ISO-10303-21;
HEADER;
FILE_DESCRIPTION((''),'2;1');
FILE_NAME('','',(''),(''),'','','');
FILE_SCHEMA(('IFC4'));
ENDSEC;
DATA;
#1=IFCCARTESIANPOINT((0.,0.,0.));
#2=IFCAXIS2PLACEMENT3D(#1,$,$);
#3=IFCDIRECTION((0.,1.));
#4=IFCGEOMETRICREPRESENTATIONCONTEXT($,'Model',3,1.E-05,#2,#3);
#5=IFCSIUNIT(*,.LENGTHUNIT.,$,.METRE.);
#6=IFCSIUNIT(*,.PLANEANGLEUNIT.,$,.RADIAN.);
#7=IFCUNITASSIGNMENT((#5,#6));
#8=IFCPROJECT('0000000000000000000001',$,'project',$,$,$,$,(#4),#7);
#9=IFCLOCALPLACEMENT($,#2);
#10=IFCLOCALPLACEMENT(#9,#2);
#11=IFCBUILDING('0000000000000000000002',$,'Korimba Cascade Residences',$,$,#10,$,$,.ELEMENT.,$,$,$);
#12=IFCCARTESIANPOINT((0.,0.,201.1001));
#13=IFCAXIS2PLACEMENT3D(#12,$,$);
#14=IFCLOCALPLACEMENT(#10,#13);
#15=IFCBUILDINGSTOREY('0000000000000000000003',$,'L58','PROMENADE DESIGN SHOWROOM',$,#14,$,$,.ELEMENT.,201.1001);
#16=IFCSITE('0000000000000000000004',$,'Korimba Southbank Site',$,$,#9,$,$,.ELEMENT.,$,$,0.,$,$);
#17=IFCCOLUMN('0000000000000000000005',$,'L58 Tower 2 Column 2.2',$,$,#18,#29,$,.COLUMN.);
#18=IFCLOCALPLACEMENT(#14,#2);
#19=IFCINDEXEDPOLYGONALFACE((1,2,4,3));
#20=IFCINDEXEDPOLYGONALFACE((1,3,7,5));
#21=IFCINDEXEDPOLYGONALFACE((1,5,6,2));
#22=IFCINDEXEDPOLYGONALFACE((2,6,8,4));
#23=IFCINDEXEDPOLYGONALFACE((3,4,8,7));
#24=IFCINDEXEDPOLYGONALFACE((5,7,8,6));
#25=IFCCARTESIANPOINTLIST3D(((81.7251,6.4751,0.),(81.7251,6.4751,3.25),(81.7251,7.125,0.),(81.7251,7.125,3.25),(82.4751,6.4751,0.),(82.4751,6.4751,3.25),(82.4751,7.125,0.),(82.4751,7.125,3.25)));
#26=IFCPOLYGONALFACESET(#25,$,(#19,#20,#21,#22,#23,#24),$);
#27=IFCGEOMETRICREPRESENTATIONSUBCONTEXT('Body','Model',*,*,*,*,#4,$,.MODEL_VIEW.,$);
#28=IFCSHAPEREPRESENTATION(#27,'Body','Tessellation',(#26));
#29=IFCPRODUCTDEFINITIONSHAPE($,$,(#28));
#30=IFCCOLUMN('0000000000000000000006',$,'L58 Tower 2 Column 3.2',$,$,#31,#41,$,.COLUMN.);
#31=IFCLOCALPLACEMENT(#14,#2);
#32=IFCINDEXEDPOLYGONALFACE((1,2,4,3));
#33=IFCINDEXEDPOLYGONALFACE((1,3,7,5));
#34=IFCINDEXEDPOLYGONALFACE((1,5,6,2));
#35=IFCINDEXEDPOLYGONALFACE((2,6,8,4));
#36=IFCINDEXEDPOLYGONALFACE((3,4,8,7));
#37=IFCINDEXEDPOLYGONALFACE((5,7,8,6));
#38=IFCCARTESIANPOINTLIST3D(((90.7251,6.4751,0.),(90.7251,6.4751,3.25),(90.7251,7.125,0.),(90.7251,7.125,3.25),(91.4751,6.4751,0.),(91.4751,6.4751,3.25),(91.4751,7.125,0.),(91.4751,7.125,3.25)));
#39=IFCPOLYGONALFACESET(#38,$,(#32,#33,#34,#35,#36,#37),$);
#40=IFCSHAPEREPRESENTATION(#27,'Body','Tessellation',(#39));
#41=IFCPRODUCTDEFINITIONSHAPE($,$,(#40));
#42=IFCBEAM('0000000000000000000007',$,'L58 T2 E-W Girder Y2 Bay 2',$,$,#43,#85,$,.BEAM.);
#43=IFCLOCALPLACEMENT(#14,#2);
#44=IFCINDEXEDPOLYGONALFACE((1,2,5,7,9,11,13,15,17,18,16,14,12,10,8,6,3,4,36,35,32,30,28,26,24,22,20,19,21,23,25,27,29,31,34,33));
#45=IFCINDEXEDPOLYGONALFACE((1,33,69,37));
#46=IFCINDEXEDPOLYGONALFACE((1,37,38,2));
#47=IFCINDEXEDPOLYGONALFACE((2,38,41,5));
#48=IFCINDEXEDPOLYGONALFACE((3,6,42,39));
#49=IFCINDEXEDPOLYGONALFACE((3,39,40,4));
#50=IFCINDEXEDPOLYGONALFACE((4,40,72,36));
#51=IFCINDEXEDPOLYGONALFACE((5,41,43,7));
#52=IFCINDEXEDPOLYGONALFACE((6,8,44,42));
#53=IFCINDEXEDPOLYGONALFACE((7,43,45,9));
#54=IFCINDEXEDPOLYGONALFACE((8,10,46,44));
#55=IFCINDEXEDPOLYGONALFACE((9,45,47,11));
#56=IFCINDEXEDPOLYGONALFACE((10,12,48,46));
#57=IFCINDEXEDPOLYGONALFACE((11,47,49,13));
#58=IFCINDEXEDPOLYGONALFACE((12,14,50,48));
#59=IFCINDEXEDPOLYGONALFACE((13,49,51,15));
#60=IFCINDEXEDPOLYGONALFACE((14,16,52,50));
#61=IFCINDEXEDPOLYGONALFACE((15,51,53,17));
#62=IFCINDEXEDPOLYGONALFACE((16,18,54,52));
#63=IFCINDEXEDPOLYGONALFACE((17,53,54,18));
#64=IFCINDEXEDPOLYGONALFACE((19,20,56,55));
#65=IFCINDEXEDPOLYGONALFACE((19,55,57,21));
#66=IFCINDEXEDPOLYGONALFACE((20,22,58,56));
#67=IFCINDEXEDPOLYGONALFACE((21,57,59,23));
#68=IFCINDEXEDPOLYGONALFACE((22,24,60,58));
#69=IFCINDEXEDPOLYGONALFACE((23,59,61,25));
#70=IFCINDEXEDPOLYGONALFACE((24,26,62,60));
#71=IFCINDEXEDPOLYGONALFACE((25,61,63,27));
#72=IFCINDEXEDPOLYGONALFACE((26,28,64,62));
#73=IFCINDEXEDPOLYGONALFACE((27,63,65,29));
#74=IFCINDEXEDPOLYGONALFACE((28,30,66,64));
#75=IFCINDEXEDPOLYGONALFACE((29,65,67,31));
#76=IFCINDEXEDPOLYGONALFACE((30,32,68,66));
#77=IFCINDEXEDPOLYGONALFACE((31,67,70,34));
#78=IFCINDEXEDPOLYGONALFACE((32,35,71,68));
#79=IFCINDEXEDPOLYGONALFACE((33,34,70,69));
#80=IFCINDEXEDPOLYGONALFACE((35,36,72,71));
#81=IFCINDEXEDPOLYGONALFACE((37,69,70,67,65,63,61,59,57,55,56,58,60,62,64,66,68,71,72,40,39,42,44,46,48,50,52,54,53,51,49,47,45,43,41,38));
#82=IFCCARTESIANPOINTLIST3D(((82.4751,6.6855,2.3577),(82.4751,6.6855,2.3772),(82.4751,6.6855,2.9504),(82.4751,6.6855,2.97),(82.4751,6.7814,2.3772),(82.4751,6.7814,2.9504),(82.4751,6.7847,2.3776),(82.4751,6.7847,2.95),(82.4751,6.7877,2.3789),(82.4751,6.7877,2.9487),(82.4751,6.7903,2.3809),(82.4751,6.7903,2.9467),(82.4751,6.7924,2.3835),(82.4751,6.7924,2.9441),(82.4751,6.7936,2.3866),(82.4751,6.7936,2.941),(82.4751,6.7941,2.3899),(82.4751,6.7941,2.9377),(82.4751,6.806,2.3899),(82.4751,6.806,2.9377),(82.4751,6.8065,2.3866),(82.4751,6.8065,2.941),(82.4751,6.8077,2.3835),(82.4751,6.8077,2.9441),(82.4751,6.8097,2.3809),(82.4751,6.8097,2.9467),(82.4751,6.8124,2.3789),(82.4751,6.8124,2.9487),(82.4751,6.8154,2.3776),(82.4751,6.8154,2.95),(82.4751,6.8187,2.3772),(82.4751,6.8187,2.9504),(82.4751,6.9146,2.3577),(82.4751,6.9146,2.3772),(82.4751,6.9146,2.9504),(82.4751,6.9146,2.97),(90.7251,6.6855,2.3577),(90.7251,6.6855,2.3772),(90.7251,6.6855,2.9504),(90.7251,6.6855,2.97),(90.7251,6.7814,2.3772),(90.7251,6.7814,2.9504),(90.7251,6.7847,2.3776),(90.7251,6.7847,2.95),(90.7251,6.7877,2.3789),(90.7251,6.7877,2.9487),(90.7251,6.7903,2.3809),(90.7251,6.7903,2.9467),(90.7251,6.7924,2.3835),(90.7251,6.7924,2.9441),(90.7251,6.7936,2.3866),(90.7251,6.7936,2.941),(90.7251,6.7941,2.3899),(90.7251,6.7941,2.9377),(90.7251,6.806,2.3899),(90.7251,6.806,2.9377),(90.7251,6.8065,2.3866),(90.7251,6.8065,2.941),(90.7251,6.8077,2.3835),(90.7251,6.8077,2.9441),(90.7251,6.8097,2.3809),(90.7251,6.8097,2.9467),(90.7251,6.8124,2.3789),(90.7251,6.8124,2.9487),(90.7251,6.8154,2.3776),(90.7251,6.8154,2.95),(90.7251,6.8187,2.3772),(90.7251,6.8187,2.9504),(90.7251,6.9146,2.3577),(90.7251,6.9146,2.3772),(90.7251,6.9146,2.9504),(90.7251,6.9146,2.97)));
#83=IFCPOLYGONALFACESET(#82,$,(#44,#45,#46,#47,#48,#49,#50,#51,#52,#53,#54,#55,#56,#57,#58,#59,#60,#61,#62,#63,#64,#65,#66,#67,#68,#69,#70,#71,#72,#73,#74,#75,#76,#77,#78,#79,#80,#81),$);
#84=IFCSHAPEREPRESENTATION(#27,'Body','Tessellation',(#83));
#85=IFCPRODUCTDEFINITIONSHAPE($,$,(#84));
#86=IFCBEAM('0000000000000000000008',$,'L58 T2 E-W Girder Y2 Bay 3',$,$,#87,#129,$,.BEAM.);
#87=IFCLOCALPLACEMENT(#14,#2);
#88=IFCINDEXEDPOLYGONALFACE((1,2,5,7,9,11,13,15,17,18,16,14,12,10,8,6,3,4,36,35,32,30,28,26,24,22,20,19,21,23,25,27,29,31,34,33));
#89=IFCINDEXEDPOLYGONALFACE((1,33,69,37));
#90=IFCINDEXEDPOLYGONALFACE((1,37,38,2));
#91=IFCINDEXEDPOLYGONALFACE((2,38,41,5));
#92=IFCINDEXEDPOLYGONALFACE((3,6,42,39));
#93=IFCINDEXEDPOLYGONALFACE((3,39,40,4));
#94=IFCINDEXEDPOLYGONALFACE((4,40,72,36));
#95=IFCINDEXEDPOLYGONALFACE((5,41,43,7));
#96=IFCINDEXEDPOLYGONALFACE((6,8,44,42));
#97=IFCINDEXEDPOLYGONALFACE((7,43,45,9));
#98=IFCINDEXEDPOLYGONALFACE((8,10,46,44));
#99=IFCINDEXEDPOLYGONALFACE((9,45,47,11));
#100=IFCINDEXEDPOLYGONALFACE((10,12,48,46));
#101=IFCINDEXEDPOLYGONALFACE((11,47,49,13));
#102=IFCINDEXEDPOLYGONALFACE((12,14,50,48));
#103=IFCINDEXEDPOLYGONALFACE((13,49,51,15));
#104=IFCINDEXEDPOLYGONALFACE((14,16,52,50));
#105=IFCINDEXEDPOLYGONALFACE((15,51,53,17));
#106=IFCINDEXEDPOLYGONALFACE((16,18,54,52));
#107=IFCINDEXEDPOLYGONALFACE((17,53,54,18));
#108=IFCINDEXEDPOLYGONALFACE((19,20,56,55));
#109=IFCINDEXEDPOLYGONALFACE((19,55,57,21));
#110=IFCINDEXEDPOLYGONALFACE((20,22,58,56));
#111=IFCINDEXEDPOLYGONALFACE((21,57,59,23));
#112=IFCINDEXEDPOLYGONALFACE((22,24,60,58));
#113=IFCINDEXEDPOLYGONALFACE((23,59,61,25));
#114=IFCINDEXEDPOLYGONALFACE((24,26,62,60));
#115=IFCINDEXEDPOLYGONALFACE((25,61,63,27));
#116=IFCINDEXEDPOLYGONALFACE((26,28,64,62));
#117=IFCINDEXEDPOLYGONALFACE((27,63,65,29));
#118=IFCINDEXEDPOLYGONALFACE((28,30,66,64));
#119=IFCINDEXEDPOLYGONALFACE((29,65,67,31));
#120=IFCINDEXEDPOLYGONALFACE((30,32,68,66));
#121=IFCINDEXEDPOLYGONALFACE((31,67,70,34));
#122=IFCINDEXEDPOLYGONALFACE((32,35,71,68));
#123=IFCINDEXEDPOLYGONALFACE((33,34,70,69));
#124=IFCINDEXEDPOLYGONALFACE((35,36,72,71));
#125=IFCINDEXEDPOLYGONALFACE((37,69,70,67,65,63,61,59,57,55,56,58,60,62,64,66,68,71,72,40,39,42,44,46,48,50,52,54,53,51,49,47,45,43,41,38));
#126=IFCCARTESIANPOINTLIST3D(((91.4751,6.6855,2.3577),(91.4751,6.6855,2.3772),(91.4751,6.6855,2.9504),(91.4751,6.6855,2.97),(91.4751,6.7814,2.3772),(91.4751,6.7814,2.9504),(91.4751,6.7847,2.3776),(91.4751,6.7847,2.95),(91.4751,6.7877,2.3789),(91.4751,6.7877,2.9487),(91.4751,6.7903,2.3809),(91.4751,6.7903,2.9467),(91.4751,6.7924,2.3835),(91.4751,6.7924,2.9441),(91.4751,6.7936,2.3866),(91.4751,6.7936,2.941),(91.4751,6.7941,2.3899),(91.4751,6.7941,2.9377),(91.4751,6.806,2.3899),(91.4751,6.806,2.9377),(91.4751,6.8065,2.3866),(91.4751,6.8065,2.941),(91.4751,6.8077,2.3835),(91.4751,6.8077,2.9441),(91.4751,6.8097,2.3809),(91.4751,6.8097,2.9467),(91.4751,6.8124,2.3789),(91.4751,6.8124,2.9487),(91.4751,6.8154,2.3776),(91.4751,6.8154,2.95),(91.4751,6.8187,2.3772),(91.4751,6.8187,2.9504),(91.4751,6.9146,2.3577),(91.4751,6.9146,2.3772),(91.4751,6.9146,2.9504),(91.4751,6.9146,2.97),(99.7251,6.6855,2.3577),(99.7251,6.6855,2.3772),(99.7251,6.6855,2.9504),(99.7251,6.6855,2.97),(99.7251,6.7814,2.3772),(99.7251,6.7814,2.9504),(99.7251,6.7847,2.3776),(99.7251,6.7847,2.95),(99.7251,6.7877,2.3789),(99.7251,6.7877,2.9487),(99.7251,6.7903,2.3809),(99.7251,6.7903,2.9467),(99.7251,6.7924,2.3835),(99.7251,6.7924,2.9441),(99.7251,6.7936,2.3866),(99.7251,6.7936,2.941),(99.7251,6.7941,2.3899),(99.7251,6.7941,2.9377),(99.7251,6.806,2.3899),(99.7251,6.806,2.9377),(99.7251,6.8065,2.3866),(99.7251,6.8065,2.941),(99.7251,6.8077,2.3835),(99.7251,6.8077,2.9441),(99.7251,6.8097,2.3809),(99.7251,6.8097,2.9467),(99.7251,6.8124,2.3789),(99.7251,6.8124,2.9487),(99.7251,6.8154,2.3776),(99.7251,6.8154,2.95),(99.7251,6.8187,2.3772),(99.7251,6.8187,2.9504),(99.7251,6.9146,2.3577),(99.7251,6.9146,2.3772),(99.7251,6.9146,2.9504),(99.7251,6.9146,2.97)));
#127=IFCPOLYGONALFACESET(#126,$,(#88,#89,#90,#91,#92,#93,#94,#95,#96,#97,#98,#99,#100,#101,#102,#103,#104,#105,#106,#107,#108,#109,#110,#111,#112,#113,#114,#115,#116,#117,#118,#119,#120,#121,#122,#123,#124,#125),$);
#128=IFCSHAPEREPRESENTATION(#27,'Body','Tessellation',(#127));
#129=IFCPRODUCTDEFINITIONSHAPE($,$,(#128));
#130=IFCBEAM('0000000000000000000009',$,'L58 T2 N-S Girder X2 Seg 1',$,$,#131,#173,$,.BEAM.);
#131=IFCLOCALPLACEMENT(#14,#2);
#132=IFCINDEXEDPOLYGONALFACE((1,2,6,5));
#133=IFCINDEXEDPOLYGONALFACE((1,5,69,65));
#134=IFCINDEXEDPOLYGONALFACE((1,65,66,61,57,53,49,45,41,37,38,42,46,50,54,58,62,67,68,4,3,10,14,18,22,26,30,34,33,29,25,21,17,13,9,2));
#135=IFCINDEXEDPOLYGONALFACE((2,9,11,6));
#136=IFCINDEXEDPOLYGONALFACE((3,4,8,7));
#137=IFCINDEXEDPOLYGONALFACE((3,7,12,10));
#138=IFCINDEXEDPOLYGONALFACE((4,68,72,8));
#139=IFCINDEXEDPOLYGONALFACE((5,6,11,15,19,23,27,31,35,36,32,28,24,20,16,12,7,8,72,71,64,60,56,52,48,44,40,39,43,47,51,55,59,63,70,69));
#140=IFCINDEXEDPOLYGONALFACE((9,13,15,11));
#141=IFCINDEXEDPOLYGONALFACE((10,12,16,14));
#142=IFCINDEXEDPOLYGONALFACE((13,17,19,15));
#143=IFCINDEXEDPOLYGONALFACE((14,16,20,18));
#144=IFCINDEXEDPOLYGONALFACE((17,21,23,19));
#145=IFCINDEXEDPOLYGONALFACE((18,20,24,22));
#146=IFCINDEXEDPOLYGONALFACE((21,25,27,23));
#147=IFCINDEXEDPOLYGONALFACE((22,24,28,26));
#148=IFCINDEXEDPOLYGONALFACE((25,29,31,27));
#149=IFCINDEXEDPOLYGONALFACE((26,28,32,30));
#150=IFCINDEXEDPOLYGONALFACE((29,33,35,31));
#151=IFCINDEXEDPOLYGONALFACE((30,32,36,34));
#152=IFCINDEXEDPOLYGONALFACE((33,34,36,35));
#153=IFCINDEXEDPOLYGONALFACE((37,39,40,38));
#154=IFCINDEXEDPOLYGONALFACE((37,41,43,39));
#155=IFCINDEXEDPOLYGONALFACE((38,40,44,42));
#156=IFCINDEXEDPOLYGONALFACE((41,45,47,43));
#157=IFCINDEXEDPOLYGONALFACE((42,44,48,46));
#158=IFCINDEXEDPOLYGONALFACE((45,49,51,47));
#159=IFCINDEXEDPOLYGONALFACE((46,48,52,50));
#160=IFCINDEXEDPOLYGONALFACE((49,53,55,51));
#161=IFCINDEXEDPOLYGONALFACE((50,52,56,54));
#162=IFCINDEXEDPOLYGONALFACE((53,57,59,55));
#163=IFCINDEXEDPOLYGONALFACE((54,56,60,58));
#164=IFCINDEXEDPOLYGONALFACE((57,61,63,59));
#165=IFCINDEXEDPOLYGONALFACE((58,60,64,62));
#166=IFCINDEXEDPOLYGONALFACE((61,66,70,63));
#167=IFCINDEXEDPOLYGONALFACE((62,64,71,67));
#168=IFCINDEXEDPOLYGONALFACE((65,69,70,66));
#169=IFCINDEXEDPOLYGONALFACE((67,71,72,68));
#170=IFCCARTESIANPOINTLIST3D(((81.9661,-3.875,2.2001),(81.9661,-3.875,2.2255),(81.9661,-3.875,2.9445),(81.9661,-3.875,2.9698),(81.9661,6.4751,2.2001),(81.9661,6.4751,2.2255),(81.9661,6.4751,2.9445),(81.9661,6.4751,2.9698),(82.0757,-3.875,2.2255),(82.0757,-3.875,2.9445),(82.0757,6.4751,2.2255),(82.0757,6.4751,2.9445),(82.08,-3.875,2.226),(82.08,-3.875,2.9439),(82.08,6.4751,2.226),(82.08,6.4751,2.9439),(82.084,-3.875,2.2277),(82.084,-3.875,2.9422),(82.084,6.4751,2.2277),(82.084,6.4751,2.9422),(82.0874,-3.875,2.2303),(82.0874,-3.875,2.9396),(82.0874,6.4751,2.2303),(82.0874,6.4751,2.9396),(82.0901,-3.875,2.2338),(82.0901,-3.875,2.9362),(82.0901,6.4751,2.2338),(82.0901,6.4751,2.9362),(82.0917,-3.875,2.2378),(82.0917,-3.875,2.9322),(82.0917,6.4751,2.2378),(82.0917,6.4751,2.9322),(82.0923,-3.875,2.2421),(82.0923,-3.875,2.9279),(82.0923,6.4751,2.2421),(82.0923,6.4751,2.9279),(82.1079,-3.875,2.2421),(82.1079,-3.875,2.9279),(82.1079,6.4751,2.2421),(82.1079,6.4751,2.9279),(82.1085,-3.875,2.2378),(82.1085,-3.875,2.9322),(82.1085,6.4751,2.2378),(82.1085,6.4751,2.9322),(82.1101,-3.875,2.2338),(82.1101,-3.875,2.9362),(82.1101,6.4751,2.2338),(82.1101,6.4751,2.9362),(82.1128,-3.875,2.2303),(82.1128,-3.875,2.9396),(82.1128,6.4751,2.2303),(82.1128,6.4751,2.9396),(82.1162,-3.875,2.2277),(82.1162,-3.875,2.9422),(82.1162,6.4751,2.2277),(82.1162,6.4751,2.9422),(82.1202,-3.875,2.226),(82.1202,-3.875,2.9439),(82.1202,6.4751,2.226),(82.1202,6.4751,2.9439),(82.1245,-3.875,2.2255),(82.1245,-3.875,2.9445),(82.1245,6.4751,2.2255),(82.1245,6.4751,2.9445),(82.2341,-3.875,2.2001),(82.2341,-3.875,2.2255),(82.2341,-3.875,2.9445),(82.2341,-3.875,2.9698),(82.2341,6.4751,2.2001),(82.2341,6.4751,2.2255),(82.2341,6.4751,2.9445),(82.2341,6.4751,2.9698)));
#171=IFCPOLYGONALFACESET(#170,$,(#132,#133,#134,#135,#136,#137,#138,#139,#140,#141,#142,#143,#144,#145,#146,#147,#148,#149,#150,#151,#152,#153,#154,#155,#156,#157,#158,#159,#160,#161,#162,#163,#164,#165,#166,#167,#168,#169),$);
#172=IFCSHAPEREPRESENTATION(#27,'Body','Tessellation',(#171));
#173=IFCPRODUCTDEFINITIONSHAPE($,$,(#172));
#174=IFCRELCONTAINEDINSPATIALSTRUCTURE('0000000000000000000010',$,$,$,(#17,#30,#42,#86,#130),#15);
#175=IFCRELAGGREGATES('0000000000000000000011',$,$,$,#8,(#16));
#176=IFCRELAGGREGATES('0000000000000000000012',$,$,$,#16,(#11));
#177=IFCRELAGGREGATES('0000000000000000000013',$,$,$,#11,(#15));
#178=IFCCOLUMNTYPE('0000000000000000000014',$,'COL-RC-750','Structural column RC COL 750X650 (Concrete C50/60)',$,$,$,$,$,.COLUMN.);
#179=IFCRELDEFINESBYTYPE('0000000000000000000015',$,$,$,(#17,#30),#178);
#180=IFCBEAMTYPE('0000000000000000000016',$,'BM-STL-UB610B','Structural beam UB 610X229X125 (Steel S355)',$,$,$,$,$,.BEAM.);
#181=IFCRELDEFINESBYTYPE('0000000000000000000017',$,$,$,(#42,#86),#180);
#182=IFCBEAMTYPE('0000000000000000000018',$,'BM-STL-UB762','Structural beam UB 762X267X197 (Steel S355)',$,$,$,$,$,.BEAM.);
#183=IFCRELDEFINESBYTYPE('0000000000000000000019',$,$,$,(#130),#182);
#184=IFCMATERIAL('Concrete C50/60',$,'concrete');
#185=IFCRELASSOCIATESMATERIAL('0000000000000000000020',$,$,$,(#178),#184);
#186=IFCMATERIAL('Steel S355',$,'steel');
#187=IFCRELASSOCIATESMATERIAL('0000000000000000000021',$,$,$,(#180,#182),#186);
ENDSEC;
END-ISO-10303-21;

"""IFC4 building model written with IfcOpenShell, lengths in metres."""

from ifc_helpers import new_model, si_unit, direction, frame, origin, origin_2d, place, context, subcontext, project, spatial, rectangle, i_section, extrude, material, material_profile, profile_set, type_object, element, save


model = new_model("IFC4")

# Units and contexts
model_context = context("Model", 3, precision=1e-05, world=origin(), true_north=direction((0.0, 1.0)))
body_context = subcontext(model_context, "Body", "Model", "MODEL_VIEW")
ifc_project = project(units=[si_unit("LENGTHUNIT", "METRE"), si_unit("PLANEANGLEUNIT", "RADIAN")], contexts=[model_context])

# Site, building, storey
site_placement = place(None, origin())
site = spatial("IfcSite", under=ifc_project, at=site_placement, Name="Korimba Southbank Site", CompositionType="ELEMENT", RefElevation=0.0)
building_placement = place(site_placement, origin())
building = spatial("IfcBuilding", under=site, at=building_placement, Name="Korimba Cascade Residences", CompositionType="ELEMENT")
storey_placement = place(building_placement, frame((0.0, 0.0, 201.1001)))
storey = spatial("IfcBuildingStorey", under=building, at=storey_placement, Name="L58", Description="PROMENADE DESIGN SHOWROOM", CompositionType="ELEMENT", Elevation=201.1001)

# Columns
ifc_material_1 = material(Name="Concrete C50/60", Category="concrete")
ifc_material_profile_1 = material_profile(ifc_material_1, rectangle(XDim=0.75, YDim=0.6499, at=origin_2d()), Name="Concrete C50/60")
ifc_profile_set_1 = profile_set([ifc_material_profile_1], Name="Concrete C50/60")
column_type = type_object("IfcColumnType", Name="COL-RC-750", Description="Structural column RC COL 750X650 (Concrete C50/60)", PredefinedType="COLUMN", material=ifc_profile_set_1)
for number, where, z_axis, x_axis, name in (
    (1, (82.1001, 6.8, 0.0), (0.0, 0.0, 1.0), (1.0, 0.0, 0.0), "L58 Tower 2 Column 2.2"),
    (2, (91.1001, 6.8, 0.0), (0.0, 0.0, 1.0), (1.0, 0.0, 0.0), "L58 Tower 2 Column 3.2"),
):
    element("IfcColumn", number, at=place(storey_placement, frame(where, z_axis=z_axis, x_axis=x_axis)), inside=storey, type_object=column_type, Name=name, PredefinedType="COLUMN", context=body_context, shape_type="SweptSolid", body=[
        extrude(rectangle(XDim=0.75, YDim=0.6499, at=origin_2d()), origin(), (0.0, 0.0, 1.0), 3.25),
    ])

# Beams
ifc_material_2 = material(Name="Steel S355", Category="steel")
ifc_material_profile_2 = material_profile(ifc_material_2, i_section(OverallWidth=0.229, OverallDepth=0.6123, WebThickness=0.012, FlangeThickness=0.0195, FilletRadius=0.0127, at=origin_2d()), Name="Steel S355")
ifc_profile_set_2 = profile_set([ifc_material_profile_2], Name="Steel S355")
beam_type_1 = type_object("IfcBeamType", Name="BM-STL-UB610B", Description="Structural beam UB 610X229X125 (Steel S355)", PredefinedType="BEAM", material=ifc_profile_set_2)
for number, where, z_axis, x_axis, name in (
    (3, (82.4751, 6.8, 2.6638), (1.0, 0.0, 0.0), (0.0, 1.0, 0.0), "L58 T2 E-W Girder Y2 Bay 2"),
    (4, (91.4751, 6.8, 2.6638), (1.0, 0.0, 0.0), (0.0, 1.0, 0.0), "L58 T2 E-W Girder Y2 Bay 3"),
):
    element("IfcBeam", number, at=place(storey_placement, frame(where, z_axis=z_axis, x_axis=x_axis)), inside=storey, type_object=beam_type_1, Name=name, PredefinedType="BEAM", context=body_context, shape_type="SweptSolid", body=[
        extrude(i_section(OverallWidth=0.229, OverallDepth=0.6123, WebThickness=0.012, FlangeThickness=0.0195, FilletRadius=0.0127, at=origin_2d()), origin(), (0.0, 0.0, 1.0), 8.25),
    ])
ifc_material_profile_3 = material_profile(ifc_material_2, i_section(OverallWidth=0.2681, OverallDepth=0.7698, WebThickness=0.0156, FlangeThickness=0.0254, FilletRadius=0.0166, at=origin_2d()), Name="Steel S355")
ifc_profile_set_3 = profile_set([ifc_material_profile_3], Name="Steel S355")
beam_type_2 = type_object("IfcBeamType", Name="BM-STL-UB762", Description="Structural beam UB 762X267X197 (Steel S355)", PredefinedType="BEAM", material=ifc_profile_set_3)
beam_1_placement = place(storey_placement, frame((82.1001, -3.875, 2.585), z_axis=(0.0, 1.0, 0.0), x_axis=(-1.0, 0.0, 0.0)))
element("IfcBeam", 5, at=beam_1_placement, inside=storey, type_object=beam_type_2, Name="L58 T2 N-S Girder X2 Seg 1", PredefinedType="BEAM", context=body_context, shape_type="SweptSolid", body=[
    extrude(i_section(OverallWidth=0.2681, OverallDepth=0.7698, WebThickness=0.0156, FlangeThickness=0.0254, FilletRadius=0.0166, at=origin_2d()), origin(), (0.0, 0.0, 1.0), 10.3501),
])

save(model, "model.ifc")
